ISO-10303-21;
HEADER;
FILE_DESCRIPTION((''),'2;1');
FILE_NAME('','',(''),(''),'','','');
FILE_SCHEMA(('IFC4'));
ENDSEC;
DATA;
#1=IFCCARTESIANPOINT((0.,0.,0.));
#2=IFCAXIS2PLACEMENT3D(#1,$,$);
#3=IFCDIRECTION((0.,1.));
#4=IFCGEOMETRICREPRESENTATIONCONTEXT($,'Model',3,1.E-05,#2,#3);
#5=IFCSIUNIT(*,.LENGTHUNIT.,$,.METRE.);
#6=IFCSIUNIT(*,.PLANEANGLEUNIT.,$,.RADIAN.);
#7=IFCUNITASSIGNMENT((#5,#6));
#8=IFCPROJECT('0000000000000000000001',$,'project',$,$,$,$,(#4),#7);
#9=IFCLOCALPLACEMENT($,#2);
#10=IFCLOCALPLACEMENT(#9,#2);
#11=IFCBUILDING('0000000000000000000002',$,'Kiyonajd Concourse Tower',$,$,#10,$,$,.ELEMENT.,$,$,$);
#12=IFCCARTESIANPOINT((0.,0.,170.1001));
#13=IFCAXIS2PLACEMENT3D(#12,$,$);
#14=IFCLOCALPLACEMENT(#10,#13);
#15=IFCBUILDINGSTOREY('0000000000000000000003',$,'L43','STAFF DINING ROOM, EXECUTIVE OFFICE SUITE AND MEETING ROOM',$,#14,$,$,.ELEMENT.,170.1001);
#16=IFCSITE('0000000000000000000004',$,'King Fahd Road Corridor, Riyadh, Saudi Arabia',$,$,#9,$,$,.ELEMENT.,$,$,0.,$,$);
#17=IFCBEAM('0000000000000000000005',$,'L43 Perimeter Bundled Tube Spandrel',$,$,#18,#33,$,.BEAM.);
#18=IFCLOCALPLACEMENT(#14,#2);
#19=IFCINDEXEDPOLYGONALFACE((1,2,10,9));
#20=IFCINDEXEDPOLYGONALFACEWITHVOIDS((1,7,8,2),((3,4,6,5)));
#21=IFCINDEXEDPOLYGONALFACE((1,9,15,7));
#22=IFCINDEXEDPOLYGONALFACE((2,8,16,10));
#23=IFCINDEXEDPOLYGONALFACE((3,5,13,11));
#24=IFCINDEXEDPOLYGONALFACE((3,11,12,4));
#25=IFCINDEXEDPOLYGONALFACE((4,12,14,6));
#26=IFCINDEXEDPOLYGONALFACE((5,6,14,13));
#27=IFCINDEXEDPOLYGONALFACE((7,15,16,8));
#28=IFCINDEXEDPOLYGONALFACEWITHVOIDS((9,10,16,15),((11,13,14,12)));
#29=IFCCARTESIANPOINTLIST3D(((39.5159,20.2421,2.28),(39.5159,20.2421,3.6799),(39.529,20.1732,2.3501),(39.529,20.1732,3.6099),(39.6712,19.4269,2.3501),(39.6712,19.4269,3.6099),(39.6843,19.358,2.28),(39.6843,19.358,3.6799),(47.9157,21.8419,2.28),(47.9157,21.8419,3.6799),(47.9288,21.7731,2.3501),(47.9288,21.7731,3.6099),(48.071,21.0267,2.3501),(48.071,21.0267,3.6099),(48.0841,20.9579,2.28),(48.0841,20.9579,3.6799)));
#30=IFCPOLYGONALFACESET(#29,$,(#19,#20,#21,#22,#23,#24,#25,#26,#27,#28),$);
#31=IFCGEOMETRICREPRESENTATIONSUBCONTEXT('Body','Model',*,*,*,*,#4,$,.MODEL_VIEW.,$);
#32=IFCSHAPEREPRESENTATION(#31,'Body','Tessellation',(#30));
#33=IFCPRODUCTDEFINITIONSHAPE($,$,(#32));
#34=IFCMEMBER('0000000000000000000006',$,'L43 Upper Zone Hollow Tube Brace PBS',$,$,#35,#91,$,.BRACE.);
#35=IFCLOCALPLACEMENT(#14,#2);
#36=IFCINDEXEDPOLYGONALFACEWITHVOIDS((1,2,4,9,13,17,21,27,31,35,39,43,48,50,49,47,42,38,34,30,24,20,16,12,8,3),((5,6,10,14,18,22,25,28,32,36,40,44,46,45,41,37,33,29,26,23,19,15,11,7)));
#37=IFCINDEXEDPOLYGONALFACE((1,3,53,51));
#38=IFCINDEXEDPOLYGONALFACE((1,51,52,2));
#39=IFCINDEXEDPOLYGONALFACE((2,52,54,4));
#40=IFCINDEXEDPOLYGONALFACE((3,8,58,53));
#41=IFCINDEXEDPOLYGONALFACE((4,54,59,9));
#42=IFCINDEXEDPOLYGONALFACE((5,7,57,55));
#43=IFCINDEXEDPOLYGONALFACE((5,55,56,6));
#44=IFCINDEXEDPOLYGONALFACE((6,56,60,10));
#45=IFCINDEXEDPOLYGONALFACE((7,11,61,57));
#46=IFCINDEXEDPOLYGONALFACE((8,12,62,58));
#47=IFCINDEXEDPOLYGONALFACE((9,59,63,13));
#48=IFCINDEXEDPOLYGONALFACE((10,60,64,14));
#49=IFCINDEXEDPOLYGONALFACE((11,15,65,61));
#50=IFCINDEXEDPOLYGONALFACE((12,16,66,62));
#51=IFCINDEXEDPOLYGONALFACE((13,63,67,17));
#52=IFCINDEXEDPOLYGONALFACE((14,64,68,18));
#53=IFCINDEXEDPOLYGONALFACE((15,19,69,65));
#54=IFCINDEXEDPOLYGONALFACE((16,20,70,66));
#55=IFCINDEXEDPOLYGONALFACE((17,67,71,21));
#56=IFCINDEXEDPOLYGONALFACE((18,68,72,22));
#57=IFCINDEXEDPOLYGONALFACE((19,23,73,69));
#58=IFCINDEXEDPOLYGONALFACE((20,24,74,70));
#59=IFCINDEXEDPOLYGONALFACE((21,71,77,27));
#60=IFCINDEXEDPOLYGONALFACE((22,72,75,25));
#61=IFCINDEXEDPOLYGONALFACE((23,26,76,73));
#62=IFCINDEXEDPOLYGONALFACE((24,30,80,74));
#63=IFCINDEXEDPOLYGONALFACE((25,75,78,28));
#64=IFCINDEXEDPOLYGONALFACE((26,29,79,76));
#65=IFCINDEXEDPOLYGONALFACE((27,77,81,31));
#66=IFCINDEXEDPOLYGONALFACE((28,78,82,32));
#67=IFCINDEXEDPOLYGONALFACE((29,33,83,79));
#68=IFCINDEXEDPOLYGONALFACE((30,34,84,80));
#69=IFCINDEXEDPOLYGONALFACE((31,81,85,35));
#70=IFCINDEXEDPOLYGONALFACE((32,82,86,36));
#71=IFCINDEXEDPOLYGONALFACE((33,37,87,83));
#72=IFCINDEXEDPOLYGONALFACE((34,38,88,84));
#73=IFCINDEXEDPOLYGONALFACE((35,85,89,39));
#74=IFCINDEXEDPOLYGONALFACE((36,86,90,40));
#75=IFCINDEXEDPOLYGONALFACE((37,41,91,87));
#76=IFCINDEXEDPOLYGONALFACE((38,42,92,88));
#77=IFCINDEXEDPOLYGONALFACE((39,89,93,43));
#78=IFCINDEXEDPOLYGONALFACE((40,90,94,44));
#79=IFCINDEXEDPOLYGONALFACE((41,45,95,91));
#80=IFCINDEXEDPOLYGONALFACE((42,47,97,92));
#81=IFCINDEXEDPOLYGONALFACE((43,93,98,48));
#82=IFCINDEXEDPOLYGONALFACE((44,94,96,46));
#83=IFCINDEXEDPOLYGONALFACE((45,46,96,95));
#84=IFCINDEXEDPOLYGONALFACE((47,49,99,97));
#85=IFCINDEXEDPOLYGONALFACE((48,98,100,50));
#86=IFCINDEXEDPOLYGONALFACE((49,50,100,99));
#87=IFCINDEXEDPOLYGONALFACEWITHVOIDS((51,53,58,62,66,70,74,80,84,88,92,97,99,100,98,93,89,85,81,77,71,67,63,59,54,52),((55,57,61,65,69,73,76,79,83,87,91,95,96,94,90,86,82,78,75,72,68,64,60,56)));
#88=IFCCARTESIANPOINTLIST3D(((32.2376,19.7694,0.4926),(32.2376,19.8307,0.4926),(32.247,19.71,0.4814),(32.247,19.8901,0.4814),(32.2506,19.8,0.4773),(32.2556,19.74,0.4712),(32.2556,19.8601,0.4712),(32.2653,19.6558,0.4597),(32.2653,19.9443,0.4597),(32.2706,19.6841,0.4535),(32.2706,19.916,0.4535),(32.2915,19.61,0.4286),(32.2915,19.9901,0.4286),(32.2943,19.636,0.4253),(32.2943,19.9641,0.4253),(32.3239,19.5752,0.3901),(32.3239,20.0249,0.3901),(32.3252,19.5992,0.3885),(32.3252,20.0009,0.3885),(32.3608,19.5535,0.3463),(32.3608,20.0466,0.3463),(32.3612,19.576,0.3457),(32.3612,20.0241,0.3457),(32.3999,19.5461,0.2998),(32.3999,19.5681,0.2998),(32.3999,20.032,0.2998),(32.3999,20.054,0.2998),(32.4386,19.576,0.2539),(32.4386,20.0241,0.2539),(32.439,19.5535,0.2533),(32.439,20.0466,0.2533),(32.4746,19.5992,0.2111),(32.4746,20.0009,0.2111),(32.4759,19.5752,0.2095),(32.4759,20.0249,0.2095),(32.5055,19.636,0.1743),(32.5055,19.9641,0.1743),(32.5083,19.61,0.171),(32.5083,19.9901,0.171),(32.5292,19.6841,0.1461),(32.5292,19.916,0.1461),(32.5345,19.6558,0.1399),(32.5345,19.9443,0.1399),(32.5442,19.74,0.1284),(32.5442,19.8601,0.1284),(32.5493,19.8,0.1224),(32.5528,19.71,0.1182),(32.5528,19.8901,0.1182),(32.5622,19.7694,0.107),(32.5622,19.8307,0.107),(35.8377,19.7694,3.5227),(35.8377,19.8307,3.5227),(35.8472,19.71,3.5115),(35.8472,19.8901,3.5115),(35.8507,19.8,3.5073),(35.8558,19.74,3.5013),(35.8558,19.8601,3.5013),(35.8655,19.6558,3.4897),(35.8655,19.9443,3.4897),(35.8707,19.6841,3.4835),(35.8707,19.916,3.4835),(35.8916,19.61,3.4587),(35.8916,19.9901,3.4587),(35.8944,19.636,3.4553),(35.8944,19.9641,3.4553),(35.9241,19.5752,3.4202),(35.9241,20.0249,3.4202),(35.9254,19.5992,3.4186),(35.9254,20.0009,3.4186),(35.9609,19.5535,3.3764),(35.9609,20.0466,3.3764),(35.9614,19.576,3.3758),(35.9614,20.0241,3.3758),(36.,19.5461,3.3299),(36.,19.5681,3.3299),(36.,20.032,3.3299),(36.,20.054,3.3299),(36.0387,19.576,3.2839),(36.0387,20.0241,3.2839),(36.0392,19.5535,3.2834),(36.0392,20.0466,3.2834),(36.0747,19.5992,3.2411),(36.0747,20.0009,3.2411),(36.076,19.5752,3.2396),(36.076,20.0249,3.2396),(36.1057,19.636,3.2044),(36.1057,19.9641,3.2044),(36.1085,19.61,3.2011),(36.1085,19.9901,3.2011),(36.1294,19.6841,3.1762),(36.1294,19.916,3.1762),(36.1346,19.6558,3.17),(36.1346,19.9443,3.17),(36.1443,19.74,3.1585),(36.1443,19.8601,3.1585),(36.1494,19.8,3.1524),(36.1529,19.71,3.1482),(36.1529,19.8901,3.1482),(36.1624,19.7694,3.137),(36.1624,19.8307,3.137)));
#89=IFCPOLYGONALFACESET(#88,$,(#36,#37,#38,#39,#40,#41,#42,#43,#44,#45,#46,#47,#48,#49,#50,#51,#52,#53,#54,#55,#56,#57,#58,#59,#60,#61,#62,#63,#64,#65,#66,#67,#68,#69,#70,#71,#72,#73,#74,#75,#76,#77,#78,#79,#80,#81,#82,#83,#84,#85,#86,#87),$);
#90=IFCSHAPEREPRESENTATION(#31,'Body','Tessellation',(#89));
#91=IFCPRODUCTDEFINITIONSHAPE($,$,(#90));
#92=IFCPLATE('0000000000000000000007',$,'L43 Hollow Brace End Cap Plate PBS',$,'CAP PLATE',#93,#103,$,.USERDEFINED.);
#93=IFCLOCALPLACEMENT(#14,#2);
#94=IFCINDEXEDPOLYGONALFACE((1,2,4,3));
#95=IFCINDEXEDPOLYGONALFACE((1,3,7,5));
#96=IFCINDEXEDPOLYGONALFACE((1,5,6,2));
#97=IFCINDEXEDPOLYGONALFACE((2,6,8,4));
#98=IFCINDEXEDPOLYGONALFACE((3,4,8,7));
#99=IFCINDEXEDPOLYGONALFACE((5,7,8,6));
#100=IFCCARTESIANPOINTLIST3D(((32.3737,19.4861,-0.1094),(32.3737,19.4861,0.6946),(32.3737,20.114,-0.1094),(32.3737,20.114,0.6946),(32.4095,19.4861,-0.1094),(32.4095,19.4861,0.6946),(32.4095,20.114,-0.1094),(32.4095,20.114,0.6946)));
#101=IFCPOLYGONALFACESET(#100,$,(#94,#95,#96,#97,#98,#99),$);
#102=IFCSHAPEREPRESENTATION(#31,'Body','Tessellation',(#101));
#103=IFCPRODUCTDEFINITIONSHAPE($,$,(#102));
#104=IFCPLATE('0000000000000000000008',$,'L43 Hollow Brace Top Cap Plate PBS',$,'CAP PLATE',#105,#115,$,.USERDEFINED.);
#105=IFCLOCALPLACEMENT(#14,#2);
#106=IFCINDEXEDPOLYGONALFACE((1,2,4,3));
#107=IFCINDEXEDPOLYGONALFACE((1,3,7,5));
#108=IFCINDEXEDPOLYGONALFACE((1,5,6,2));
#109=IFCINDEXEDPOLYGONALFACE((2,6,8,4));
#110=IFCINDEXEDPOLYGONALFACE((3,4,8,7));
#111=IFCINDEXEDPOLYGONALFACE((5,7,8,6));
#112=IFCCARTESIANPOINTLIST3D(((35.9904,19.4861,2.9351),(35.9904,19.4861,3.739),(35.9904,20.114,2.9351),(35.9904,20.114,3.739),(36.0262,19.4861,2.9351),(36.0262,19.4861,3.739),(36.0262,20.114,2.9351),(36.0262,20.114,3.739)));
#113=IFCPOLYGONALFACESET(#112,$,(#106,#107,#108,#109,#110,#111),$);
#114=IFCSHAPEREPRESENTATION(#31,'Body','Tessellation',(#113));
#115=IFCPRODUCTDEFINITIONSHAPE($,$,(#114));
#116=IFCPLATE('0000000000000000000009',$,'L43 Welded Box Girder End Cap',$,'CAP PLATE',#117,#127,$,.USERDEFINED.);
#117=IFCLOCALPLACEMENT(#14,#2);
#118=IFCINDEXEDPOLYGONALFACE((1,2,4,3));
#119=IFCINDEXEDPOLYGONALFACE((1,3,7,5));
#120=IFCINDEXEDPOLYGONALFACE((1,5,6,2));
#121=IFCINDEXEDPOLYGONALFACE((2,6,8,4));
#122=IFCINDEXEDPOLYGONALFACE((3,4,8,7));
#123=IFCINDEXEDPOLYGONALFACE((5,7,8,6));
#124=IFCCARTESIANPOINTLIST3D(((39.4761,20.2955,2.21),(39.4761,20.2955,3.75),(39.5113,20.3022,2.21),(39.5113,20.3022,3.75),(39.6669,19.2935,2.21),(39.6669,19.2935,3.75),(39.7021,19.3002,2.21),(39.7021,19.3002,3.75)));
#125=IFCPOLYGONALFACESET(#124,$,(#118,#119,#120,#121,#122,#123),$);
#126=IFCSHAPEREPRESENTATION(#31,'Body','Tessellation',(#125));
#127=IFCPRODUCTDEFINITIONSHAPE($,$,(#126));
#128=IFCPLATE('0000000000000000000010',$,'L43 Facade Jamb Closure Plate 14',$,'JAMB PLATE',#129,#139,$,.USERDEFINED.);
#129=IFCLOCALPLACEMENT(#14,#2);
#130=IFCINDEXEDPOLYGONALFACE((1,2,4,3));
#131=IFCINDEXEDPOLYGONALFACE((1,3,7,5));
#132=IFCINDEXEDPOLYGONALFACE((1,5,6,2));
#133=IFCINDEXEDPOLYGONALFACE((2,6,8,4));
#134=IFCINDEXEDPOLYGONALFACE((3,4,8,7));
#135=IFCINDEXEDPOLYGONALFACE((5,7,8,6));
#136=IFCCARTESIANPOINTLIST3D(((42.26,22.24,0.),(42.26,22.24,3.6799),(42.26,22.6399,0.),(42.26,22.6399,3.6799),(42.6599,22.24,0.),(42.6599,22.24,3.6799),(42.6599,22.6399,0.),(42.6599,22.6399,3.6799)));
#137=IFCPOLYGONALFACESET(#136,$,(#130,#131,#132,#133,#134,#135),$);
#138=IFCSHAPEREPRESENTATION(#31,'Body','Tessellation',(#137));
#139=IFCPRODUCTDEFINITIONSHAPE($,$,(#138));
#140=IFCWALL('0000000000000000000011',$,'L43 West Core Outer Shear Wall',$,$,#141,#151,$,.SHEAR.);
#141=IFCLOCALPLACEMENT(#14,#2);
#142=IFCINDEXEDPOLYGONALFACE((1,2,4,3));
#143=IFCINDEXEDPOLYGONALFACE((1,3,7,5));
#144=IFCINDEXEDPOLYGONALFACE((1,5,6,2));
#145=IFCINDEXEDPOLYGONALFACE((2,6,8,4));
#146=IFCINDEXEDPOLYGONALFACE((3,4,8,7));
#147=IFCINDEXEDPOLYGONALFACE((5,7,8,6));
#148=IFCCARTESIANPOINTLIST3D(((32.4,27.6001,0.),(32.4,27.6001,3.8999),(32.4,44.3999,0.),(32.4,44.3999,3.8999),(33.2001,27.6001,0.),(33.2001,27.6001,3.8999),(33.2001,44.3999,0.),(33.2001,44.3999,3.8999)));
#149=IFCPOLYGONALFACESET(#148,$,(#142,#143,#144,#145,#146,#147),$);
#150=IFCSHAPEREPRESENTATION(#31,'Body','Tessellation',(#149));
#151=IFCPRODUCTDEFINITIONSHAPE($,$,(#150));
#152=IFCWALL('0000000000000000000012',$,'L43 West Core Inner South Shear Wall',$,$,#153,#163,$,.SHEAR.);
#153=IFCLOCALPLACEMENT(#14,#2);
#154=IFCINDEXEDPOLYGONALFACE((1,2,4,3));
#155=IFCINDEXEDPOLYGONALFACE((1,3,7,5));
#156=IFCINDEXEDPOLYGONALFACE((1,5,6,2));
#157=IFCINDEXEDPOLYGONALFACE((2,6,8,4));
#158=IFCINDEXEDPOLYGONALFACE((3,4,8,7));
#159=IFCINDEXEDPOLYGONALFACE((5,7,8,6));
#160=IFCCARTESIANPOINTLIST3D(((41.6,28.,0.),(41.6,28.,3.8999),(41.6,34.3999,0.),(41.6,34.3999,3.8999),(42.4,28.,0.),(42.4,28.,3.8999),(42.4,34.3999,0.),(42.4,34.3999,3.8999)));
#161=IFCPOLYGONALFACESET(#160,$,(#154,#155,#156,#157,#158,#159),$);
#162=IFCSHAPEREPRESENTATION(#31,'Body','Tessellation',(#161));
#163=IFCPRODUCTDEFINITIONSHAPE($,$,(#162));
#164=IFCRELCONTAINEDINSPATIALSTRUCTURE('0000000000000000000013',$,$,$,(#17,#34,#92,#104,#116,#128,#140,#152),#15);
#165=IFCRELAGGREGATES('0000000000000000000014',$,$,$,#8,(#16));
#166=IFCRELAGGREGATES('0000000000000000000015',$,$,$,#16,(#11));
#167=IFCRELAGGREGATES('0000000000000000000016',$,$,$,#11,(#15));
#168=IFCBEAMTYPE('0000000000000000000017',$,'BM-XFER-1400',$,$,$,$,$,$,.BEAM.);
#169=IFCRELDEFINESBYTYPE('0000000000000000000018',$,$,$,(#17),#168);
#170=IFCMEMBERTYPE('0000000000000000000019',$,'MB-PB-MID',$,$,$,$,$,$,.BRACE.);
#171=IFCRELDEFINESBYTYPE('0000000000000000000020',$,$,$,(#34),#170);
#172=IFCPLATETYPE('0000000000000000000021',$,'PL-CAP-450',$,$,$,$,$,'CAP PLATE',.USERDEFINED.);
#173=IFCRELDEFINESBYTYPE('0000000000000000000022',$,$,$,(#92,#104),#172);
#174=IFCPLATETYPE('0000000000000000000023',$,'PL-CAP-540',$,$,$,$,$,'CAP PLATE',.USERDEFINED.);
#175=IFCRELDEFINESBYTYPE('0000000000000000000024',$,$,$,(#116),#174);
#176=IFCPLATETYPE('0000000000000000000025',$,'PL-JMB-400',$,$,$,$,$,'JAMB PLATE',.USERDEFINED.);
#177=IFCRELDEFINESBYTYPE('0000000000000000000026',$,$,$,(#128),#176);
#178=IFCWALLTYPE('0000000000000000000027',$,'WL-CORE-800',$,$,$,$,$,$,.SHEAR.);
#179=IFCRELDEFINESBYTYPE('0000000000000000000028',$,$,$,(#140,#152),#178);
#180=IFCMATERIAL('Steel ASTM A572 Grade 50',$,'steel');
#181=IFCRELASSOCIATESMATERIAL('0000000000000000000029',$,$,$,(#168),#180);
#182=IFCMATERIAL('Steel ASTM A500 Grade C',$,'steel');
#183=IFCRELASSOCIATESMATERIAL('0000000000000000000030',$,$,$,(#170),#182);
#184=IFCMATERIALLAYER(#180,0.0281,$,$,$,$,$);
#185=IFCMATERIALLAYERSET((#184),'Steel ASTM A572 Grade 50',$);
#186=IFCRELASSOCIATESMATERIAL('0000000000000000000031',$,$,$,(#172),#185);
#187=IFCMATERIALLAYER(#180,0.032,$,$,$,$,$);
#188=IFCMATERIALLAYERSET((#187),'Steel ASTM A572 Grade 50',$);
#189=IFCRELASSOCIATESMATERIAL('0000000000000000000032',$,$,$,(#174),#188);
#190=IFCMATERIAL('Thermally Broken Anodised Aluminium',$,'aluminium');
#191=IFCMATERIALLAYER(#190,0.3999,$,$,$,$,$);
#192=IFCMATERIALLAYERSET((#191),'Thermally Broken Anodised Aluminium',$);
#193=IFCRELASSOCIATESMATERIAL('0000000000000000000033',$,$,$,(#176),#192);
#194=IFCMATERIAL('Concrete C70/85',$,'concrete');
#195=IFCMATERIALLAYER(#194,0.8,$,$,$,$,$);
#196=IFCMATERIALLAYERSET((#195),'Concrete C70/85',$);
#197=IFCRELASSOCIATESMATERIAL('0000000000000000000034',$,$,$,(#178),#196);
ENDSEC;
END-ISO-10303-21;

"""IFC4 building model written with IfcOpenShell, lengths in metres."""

from ifc_helpers import new_model, si_unit, direction, frame, frame_2d, origin, origin_2d, place, context, subcontext, project, spatial, rectangle, hollow_rectangle, hollow_circle, extrude, material, layer, layer_set, material_profile, profile_set, type_object, element, save


model = new_model("IFC4")

# Units and contexts
model_context = context("Model", 3, precision=1e-05, world=origin(), true_north=direction((0.0, 1.0)))
body_context = subcontext(model_context, "Body", "Model", "MODEL_VIEW")
ifc_project = project(units=[si_unit("LENGTHUNIT", "METRE"), si_unit("PLANEANGLEUNIT", "RADIAN")], contexts=[model_context])

# Site, building, storey
site_placement = place(None, origin())
site = spatial("IfcSite", under=ifc_project, at=site_placement, Name="King Fahd Road Corridor, Riyadh, Saudi Arabia", CompositionType="ELEMENT", RefElevation=0.0)
building_placement = place(site_placement, origin())
building = spatial("IfcBuilding", under=site, at=building_placement, Name="Kiyonajd Concourse Tower", CompositionType="ELEMENT")
storey_placement = place(building_placement, frame((0.0, 0.0, 170.1001)))
storey = spatial("IfcBuildingStorey", under=building, at=storey_placement, Name="L43", Description="STAFF DINING ROOM, EXECUTIVE OFFICE SUITE AND MEETING ROOM", CompositionType="ELEMENT", Elevation=170.1001)

# Shared definitions
ifc_material_1 = material(Name="Concrete C70/85", Category="concrete")

# Beam
ifc_material_2 = material(Name="Steel ASTM A572 Grade 50", Category="steel")
ifc_material_profile_1 = material_profile(ifc_material_2, hollow_rectangle(XDim=0.8999, YDim=1.3999, WallThickness=0.0701, at=origin_2d()), Name="BOX-1400x900x70")
ifc_profile_set_1 = profile_set([ifc_material_profile_1], Name="Steel ASTM A572 Grade 50")
beam_type_1 = type_object("IfcBeamType", Name="BM-XFER-1400", PredefinedType="BEAM", material=ifc_profile_set_1)
beam_1_placement = place(storey_placement, frame((39.6001, 19.8, 2.98), z_axis=(0.982341, 0.187098, 0.0), x_axis=(-0.187098, 0.982341, 0.0)))
element("IfcBeam", 1, at=beam_1_placement, inside=storey, type_object=beam_type_1, Name="L43 Perimeter Bundled Tube Spandrel", PredefinedType="BEAM", context=body_context, shape_type="SweptSolid", body=[
    extrude(hollow_rectangle(XDim=0.8999, YDim=1.3999, WallThickness=0.0701, at=origin_2d()), origin(), (0.0, 0.0, 1.0), 8.5508),
])

# Member
ifc_material_3 = material(Name="Steel ASTM A500 Grade C", Category="steel")
ifc_material_profile_2 = material_profile(ifc_material_3, hollow_circle(Radius=0.2539, WallThickness=0.022, at=origin_2d()), Name="CHS-508x22")
ifc_profile_set_2 = profile_set([ifc_material_profile_2], Name="Steel ASTM A500 Grade C")
member_type = type_object("IfcMemberType", Name="MB-PB-MID", PredefinedType="BRACE", material=ifc_profile_set_2)
member_placement = place(storey_placement, frame((32.3999, 19.8, 0.2998), z_axis=(0.765082, 0.0, 0.643933), x_axis=(0.0, 1.0, 0.0)))
element("IfcMember", 2, at=member_placement, inside=storey, type_object=member_type, Name="L43 Upper Zone Hollow Tube Brace PBS", PredefinedType="BRACE", context=body_context, shape_type="SweptSolid", body=[
    extrude(hollow_circle(Radius=0.2539, WallThickness=0.022, at=origin_2d()), origin(), (0.0, 0.0, 1.0), 4.7056),
])

# Plates
ifc_layer_1 = layer(ifc_material_2, 0.0281)
ifc_layer_set_1 = layer_set([ifc_layer_1], Name="Steel ASTM A572 Grade 50")
plate_type_1 = type_object("IfcPlateType", Name="PL-CAP-450", ElementType="CAP PLATE", PredefinedType="USERDEFINED", material=ifc_layer_set_1)
for number, where, z_axis, x_axis, name in (
    (3, (32.3916, 19.8, -0.1094), (0.0, 0.0, 1.0), (-1.0, 0.0, 0.0), "L43 Hollow Brace End Cap Plate PBS"),
    (4, (36.0083, 19.8, 2.9351), (0.0, 0.0, 1.0), (1.0, 0.0, 0.0), "L43 Hollow Brace Top Cap Plate PBS"),
):
    element("IfcPlate", number, at=place(storey_placement, frame(where, z_axis=z_axis, x_axis=x_axis)), inside=storey, type_object=plate_type_1, Name=name, ObjectType="CAP PLATE", PredefinedType="USERDEFINED", context=body_context, shape_type="SweptSolid", body=[
        extrude(rectangle(XDim=0.0359, YDim=0.6279, at=origin_2d()), origin(), (0.0, 0.0, 1.0), 0.804),
    ])
ifc_layer_2 = layer(ifc_material_2, 0.032)
ifc_layer_set_2 = layer_set([ifc_layer_2], Name="Steel ASTM A572 Grade 50")
plate_type_2 = type_object("IfcPlateType", Name="PL-CAP-540", ElementType="CAP PLATE", PredefinedType="USERDEFINED", material=ifc_layer_set_2)
plate_1_placement = place(storey_placement, frame((39.5891, 19.7979, 2.21), z_axis=(0.0, 0.0, 1.0), x_axis=(-0.982353, -0.187038, 0.0)))
element("IfcPlate", 5, at=plate_1_placement, inside=storey, type_object=plate_type_2, Name="L43 Welded Box Girder End Cap", ObjectType="CAP PLATE", PredefinedType="USERDEFINED", context=body_context, shape_type="SweptSolid", body=[
    extrude(rectangle(XDim=0.0359, YDim=1.02, at=origin_2d()), origin(), (0.0, 0.0, 1.0), 1.54),
])
ifc_material_4 = material(Name="Thermally Broken Anodised Aluminium", Category="aluminium")
ifc_layer_3 = layer(ifc_material_4, 0.3999)
ifc_layer_set_3 = layer_set([ifc_layer_3], Name="Thermally Broken Anodised Aluminium")
plate_type_3 = type_object("IfcPlateType", Name="PL-JMB-400", ElementType="JAMB PLATE", PredefinedType="USERDEFINED", material=ifc_layer_set_3)
plate_2_placement = place(storey_placement, frame((42.46, 22.4399, 0.0), z_axis=(0.0, 0.0, 1.0), x_axis=(1.0, 0.0, 0.0)))
element("IfcPlate", 6, at=plate_2_placement, inside=storey, type_object=plate_type_3, Name="L43 Facade Jamb Closure Plate 14", ObjectType="JAMB PLATE", PredefinedType="USERDEFINED", context=body_context, shape_type="SweptSolid", body=[
    extrude(rectangle(XDim=0.3999, YDim=0.3999, at=origin_2d()), origin(), (0.0, 0.0, 1.0), 3.6799),
])

# Walls
ifc_layer_4 = layer(ifc_material_1, 0.8)
ifc_layer_set_4 = layer_set([ifc_layer_4], Name="Concrete C70/85")
wall_type_1 = type_object("IfcWallType", Name="WL-CORE-800", PredefinedType="SHEAR", material=ifc_layer_set_4)
wall_1_placement = place(storey_placement, frame((32.8, 27.6001, 0.0), z_axis=(0.0, 0.0, 1.0), x_axis=(0.0, 1.0, 0.0)))
element("IfcWall", 7, at=wall_1_placement, inside=storey, type_object=wall_type_1, Name="L43 West Core Outer Shear Wall", PredefinedType="SHEAR", context=body_context, shape_type="SweptSolid", body=[
    extrude(rectangle(XDim=16.7998, YDim=0.8, at=frame_2d((8.3999, 0.0))), origin(), (0.0, 0.0, 1.0), 3.8999),
])
wall_2_placement = place(storey_placement, frame((42.0, 28.0, 0.0), z_axis=(0.0, 0.0, 1.0), x_axis=(0.0, 1.0, 0.0)))
element("IfcWall", 8, at=wall_2_placement, inside=storey, type_object=wall_type_1, Name="L43 West Core Inner South Shear Wall", PredefinedType="SHEAR", context=body_context, shape_type="SweptSolid", body=[
    extrude(rectangle(XDim=6.3999, YDim=0.8, at=frame_2d((3.2, 0.0))), origin(), (0.0, 0.0, 1.0), 3.8999),
])

save(model, "model.ifc")
